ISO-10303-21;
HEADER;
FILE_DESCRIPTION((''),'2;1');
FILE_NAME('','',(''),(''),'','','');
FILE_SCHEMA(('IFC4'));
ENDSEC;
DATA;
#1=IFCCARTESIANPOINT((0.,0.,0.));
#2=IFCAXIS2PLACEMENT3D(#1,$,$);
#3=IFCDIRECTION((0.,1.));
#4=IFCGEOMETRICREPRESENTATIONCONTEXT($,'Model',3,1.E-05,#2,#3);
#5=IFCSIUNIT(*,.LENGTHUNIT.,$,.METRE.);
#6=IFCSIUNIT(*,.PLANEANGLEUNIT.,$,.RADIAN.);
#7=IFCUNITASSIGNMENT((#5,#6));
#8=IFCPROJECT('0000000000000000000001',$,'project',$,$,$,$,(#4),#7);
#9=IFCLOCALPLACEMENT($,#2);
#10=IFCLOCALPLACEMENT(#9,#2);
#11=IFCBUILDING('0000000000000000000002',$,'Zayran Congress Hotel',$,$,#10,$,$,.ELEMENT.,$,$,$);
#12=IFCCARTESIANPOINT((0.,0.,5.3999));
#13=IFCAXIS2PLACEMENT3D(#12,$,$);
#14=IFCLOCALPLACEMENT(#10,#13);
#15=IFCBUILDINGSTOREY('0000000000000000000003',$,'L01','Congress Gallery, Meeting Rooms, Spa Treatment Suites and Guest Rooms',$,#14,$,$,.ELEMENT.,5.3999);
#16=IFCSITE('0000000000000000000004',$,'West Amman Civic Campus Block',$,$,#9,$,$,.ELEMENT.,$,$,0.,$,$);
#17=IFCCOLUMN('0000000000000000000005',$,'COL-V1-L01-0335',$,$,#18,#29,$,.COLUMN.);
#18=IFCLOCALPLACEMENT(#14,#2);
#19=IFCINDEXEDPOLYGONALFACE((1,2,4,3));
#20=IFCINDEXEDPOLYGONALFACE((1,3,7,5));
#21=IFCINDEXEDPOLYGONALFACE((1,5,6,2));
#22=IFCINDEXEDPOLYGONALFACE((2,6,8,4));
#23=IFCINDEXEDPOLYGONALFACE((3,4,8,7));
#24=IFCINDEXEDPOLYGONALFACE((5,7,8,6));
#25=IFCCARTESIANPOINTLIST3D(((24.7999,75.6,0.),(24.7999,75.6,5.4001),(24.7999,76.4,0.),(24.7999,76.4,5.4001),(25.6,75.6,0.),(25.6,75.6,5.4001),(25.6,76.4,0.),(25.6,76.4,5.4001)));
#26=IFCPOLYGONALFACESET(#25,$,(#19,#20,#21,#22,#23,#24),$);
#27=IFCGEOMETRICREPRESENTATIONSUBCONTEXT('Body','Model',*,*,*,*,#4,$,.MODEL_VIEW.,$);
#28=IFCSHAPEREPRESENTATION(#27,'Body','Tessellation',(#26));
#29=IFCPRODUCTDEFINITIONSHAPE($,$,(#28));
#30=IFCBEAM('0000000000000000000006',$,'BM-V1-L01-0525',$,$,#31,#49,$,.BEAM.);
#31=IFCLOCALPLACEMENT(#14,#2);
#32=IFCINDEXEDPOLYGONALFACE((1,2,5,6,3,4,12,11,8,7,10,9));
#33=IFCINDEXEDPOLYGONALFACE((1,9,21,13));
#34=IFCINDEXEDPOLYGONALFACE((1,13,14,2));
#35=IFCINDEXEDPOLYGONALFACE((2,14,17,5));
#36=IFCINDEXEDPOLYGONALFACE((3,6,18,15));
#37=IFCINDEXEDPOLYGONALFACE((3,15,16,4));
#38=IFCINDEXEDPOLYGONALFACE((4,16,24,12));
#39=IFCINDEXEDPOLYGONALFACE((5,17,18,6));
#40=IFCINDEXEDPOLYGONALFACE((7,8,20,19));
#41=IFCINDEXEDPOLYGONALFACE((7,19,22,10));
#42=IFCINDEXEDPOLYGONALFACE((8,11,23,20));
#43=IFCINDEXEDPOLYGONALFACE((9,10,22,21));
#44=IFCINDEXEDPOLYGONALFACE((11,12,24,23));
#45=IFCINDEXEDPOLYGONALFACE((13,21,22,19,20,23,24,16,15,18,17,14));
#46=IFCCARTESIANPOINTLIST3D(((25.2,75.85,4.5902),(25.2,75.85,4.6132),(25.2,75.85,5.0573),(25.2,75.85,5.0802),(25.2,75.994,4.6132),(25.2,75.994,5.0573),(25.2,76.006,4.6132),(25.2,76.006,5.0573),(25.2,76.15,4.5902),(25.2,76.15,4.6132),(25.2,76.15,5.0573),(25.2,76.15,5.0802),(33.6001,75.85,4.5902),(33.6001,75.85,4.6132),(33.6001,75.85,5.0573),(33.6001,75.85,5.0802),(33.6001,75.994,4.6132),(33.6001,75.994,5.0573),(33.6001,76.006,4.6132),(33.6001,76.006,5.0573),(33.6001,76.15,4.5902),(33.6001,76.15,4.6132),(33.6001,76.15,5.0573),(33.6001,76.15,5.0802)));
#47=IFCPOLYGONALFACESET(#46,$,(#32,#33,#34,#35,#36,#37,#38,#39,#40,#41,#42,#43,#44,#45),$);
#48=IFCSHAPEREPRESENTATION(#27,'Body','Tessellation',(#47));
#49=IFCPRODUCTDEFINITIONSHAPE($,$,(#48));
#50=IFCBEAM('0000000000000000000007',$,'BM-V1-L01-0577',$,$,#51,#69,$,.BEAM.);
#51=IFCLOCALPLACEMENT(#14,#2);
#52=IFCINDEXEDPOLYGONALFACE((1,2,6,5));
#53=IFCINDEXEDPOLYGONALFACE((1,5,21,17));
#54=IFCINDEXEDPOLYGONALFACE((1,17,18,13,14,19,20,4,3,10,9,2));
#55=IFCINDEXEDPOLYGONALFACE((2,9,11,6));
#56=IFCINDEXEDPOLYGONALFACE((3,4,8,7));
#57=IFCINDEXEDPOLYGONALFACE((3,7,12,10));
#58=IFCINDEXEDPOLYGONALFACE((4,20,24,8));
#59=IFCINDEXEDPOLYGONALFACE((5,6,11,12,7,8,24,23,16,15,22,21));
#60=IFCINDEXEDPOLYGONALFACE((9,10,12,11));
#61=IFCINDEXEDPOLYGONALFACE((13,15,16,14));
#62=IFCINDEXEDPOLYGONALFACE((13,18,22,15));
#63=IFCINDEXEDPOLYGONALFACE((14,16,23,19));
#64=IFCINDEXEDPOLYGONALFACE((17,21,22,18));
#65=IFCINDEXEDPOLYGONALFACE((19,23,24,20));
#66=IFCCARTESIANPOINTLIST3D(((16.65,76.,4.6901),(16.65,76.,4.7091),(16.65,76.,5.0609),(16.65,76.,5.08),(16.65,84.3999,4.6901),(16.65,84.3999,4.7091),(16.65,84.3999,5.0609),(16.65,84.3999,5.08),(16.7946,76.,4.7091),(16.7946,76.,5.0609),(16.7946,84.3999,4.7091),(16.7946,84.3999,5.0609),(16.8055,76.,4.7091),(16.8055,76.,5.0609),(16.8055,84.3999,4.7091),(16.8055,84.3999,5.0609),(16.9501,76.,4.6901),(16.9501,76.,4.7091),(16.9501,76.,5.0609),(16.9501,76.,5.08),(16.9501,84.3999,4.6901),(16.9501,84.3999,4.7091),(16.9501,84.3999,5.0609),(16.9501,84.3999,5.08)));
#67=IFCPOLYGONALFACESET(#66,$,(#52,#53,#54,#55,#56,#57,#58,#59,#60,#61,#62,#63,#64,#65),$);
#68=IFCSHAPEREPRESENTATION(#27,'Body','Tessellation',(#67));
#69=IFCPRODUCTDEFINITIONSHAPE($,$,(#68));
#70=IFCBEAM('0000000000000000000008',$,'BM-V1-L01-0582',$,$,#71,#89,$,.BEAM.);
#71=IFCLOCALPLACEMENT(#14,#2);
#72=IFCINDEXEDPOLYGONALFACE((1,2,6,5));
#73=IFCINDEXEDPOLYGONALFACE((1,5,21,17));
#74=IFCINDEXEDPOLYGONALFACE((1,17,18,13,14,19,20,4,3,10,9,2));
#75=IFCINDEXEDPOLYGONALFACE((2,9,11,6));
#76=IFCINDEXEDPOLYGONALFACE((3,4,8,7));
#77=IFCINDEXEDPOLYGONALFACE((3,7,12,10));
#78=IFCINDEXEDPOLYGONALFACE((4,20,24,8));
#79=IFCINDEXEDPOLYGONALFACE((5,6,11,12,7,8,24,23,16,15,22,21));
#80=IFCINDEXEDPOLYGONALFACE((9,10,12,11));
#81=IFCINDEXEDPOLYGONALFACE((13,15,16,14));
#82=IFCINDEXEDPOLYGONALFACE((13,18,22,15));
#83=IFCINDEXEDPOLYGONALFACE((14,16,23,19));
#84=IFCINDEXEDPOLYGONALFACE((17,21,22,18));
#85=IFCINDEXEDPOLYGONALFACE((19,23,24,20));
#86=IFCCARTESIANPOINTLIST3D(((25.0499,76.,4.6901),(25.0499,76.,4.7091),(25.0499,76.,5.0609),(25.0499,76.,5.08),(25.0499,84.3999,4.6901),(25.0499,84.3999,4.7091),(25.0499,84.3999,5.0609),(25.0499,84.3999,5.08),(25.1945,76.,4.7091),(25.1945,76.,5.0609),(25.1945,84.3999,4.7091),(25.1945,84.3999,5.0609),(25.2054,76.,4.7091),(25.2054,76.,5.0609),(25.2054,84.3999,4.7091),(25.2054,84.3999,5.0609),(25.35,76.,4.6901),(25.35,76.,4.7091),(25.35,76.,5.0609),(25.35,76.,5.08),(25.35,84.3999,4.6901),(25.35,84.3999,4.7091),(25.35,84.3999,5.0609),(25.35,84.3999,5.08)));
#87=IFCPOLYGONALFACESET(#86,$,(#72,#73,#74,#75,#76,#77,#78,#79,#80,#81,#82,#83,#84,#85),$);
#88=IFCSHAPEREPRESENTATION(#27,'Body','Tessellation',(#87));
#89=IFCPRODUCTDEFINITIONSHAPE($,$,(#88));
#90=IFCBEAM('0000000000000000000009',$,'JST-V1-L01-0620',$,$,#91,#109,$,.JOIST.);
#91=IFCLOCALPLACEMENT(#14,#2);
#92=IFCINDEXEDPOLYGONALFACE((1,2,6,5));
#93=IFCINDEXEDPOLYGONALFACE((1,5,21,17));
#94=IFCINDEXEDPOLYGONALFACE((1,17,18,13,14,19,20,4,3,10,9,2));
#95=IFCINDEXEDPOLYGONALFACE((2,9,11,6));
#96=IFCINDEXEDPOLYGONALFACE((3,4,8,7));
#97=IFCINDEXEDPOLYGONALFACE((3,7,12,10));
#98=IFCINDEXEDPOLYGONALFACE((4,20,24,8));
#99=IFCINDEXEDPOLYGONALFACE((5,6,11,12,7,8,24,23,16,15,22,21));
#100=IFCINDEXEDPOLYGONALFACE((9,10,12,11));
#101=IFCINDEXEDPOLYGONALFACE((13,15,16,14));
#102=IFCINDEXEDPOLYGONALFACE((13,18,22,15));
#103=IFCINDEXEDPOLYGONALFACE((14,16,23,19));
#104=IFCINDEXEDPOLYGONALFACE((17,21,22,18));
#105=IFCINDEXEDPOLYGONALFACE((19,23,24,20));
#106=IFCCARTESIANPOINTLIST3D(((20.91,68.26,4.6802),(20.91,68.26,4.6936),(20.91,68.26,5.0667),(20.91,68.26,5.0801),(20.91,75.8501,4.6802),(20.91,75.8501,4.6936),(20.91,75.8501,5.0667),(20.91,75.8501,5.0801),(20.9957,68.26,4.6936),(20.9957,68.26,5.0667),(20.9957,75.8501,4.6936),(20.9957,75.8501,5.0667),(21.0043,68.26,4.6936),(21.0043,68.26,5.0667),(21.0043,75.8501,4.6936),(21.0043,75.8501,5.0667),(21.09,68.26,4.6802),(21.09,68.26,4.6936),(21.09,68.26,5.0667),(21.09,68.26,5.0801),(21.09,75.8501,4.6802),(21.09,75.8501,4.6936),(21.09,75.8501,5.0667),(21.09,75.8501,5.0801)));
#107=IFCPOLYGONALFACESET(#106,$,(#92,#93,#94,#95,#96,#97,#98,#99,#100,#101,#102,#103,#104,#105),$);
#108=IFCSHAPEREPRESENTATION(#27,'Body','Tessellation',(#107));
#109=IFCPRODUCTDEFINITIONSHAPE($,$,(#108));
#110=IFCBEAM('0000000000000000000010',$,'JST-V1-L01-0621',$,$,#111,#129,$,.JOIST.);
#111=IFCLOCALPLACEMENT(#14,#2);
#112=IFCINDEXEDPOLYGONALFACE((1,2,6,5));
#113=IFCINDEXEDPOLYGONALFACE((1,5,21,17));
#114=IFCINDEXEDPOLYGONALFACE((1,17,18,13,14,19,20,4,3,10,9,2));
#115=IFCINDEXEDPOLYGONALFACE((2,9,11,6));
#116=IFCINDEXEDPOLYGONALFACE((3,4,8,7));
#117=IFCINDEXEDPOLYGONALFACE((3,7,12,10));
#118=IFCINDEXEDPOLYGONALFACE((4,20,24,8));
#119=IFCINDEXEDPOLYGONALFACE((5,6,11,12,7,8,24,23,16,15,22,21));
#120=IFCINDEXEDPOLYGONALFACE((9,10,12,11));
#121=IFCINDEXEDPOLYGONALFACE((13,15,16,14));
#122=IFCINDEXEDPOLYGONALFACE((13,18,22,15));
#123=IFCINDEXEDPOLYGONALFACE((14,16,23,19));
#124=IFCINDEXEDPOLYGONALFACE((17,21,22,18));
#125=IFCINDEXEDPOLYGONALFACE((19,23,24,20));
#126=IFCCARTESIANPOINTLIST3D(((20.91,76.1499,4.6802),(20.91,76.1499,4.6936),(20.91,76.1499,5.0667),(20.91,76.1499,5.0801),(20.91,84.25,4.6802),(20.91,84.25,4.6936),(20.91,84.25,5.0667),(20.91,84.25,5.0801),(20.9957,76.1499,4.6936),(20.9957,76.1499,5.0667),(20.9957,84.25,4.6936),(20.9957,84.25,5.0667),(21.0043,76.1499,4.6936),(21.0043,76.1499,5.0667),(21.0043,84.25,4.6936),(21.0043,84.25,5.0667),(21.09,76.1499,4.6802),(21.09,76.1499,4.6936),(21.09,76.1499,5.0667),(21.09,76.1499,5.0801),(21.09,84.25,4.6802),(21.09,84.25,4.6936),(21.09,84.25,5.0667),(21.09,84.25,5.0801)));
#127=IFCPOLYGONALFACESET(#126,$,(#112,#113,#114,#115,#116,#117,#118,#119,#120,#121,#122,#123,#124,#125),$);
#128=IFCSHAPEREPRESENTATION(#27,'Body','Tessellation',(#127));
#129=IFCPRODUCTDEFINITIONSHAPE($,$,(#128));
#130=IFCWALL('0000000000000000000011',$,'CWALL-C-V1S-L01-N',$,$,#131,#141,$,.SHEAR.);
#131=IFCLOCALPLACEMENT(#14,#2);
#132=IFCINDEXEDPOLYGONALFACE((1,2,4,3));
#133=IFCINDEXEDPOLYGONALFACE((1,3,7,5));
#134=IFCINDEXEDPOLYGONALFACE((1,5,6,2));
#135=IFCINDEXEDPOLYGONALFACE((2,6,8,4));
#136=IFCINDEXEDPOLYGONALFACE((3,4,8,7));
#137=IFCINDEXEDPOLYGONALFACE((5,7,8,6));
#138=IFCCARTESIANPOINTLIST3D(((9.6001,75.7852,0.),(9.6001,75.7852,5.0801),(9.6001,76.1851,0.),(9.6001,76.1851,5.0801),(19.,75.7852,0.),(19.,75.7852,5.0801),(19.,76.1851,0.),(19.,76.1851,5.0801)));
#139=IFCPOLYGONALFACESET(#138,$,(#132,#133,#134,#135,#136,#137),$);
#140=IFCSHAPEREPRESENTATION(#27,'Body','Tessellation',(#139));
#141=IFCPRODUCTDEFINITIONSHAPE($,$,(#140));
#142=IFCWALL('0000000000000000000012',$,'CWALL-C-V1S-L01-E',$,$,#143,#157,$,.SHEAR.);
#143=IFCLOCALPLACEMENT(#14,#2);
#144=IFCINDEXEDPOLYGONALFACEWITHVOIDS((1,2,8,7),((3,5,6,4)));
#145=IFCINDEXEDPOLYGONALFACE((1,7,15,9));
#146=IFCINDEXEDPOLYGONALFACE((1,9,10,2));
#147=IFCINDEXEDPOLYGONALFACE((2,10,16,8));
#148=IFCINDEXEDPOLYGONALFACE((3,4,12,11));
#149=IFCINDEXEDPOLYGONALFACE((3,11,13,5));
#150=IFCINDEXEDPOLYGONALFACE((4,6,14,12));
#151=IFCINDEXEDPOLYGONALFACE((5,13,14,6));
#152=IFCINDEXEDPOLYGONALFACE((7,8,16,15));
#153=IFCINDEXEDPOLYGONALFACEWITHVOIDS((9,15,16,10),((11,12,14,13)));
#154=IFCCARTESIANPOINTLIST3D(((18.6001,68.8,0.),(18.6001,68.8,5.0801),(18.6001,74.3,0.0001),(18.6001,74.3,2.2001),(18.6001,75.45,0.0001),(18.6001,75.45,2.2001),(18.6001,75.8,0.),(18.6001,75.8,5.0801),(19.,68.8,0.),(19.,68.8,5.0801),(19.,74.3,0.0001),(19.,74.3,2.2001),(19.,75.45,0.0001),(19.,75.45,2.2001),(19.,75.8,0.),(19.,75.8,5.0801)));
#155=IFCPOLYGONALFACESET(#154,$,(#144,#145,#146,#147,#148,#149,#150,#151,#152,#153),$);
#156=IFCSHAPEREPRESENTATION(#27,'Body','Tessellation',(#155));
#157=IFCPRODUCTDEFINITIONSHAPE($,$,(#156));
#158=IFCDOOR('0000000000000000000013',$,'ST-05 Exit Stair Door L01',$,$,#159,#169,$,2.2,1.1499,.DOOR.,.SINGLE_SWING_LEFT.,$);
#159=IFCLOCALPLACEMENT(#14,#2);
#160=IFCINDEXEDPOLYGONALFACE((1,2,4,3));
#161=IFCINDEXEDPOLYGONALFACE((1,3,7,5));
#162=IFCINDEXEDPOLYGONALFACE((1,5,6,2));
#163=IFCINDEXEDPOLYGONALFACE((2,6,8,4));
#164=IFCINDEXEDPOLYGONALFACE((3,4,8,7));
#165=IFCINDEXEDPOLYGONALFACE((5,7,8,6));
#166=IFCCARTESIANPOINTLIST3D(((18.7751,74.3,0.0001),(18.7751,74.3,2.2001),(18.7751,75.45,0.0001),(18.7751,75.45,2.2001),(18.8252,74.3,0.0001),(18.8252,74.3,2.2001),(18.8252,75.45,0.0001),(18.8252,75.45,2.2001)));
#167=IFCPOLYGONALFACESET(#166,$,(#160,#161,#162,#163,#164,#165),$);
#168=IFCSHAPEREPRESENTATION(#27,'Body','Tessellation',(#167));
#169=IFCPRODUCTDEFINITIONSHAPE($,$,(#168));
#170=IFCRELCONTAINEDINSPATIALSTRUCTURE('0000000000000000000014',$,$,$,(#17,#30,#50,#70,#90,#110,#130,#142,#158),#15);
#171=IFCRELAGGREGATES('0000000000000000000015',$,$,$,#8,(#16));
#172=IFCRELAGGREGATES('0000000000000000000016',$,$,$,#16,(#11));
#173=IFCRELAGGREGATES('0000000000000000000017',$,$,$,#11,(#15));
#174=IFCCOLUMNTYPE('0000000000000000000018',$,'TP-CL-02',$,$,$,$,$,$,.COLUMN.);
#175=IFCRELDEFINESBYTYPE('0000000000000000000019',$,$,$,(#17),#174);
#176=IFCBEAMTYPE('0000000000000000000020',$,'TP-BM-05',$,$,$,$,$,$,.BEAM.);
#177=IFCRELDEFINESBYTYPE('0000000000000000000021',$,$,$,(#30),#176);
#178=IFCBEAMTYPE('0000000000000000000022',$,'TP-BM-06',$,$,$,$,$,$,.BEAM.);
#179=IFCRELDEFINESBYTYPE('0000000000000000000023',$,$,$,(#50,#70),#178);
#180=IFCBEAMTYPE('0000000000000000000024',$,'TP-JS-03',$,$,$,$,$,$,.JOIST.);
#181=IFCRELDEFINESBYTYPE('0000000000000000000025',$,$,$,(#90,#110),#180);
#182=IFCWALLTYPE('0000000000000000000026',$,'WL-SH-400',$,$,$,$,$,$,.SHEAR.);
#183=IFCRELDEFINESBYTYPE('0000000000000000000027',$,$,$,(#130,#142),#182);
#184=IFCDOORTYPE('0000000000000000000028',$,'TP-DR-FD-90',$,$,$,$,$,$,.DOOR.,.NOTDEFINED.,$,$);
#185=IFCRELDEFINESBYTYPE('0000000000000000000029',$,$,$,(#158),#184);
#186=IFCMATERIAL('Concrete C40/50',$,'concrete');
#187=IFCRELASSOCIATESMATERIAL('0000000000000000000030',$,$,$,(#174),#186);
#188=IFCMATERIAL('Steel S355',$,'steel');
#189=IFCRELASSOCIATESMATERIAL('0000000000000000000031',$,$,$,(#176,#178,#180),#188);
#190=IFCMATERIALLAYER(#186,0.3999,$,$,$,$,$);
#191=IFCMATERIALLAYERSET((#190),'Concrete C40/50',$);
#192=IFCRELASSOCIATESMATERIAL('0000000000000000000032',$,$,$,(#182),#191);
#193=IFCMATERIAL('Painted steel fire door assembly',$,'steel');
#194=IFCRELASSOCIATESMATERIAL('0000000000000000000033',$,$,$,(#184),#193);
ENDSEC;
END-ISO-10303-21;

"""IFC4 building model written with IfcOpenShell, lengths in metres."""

from ifc_helpers import new_model, si_unit, direction, frame, frame_2d, origin, origin_2d, place, context, subcontext, project, spatial, rectangle, i_section, extrude, material, layer, layer_set, material_profile, profile_set, type_object, element, fill, save


model = new_model("IFC4")

# Units and contexts
model_context = context("Model", 3, precision=1e-05, world=origin(), true_north=direction((0.0, 1.0)))
body_context = subcontext(model_context, "Body", "Model", "MODEL_VIEW")
ifc_project = project(units=[si_unit("LENGTHUNIT", "METRE"), si_unit("PLANEANGLEUNIT", "RADIAN")], contexts=[model_context])

# Site, building, storey
site_placement = place(None, origin())
site = spatial("IfcSite", under=ifc_project, at=site_placement, Name="West Amman Civic Campus Block", CompositionType="ELEMENT", RefElevation=0.0)
building_placement = place(site_placement, origin())
building = spatial("IfcBuilding", under=site, at=building_placement, Name="Zayran Congress Hotel", CompositionType="ELEMENT")
storey_placement = place(building_placement, frame((0.0, 0.0, 5.3999)))
storey = spatial("IfcBuildingStorey", under=building, at=storey_placement, Name="L01", Description="Congress Gallery, Meeting Rooms, Spa Treatment Suites and Guest Rooms", CompositionType="ELEMENT", Elevation=5.3999)

# Column
ifc_material_1 = material(Name="Concrete C40/50", Category="concrete")
ifc_material_profile_1 = material_profile(ifc_material_1, rectangle(XDim=0.8, YDim=0.8, at=origin_2d()), Name="RC 800x800")
ifc_profile_set_1 = profile_set([ifc_material_profile_1], Name="Concrete C40/50")
column_type = type_object("IfcColumnType", Name="TP-CL-02", PredefinedType="COLUMN", material=ifc_profile_set_1)
column_placement = place(storey_placement, frame((25.2, 76.0, 0.0), z_axis=(0.0, 0.0, 1.0), x_axis=(1.0, 0.0, 0.0)))
element("IfcColumn", 1, at=column_placement, inside=storey, type_object=column_type, Name="COL-V1-L01-0335", PredefinedType="COLUMN", context=body_context, shape_type="SweptSolid", body=[
    extrude(rectangle(XDim=0.8, YDim=0.8, at=origin_2d()), origin(), (0.0, 0.0, 1.0), 5.4001),
])

# Beams
ifc_material_2 = material(Name="Steel S355", Category="steel")
ifc_material_profile_2 = material_profile(ifc_material_2, i_section(OverallWidth=0.3, OverallDepth=0.49, WebThickness=0.012, FlangeThickness=0.0229, at=origin_2d()), Name="HEA 500")
ifc_profile_set_2 = profile_set([ifc_material_profile_2], Name="Steel S355")
beam_type_1 = type_object("IfcBeamType", Name="TP-BM-05", PredefinedType="BEAM", material=ifc_profile_set_2)
beam_1_placement = place(storey_placement, frame((25.2, 76.0, 4.8352), z_axis=(1.0, 0.0, 0.0), x_axis=(0.0, 1.0, 0.0)))
element("IfcBeam", 2, at=beam_1_placement, inside=storey, type_object=beam_type_1, Name="BM-V1-L01-0525", PredefinedType="BEAM", context=body_context, shape_type="SweptSolid", body=[
    extrude(i_section(OverallWidth=0.3, OverallDepth=0.49, WebThickness=0.012, FlangeThickness=0.0229, at=origin_2d()), origin(), (0.0, 0.0, 1.0), 8.4001),
])
ifc_material_profile_3 = material_profile(ifc_material_2, i_section(OverallWidth=0.3, OverallDepth=0.3899, WebThickness=0.011, FlangeThickness=0.019, at=origin_2d()), Name="HEA 400")
ifc_profile_set_3 = profile_set([ifc_material_profile_3], Name="Steel S355")
beam_type_2 = type_object("IfcBeamType", Name="TP-BM-06", PredefinedType="BEAM", material=ifc_profile_set_3)
for number, where, z_axis, x_axis, name in (
    (3, (16.8, 76.0, 4.885), (0.0, 1.0, 0.0), (-1.0, 0.0, 0.0), "BM-V1-L01-0577"),
    (4, (25.2, 76.0, 4.885), (0.0, 1.0, 0.0), (-1.0, 0.0, 0.0), "BM-V1-L01-0582"),
):
    element("IfcBeam", number, at=place(storey_placement, frame(where, z_axis=z_axis, x_axis=x_axis)), inside=storey, type_object=beam_type_2, Name=name, PredefinedType="BEAM", context=body_context, shape_type="SweptSolid", body=[
        extrude(i_section(OverallWidth=0.3, OverallDepth=0.3899, WebThickness=0.011, FlangeThickness=0.019, at=origin_2d()), origin(), (0.0, 0.0, 1.0), 8.3999),
    ])
ifc_material_profile_4 = material_profile(ifc_material_2, i_section(OverallWidth=0.1799, OverallDepth=0.3999, WebThickness=0.0085, FlangeThickness=0.0134, at=origin_2d()), Name="IPE 400")
ifc_profile_set_4 = profile_set([ifc_material_profile_4], Name="Steel S355")
beam_type_3 = type_object("IfcBeamType", Name="TP-JS-03", PredefinedType="JOIST", material=ifc_profile_set_4)
beam_2_placement = place(storey_placement, frame((21.0, 68.26, 4.8801), z_axis=(0.0, 1.0, 0.0), x_axis=(-1.0, 0.0, 0.0)))
element("IfcBeam", 5, at=beam_2_placement, inside=storey, type_object=beam_type_3, Name="JST-V1-L01-0620", PredefinedType="JOIST", context=body_context, shape_type="SweptSolid", body=[
    extrude(i_section(OverallWidth=0.1799, OverallDepth=0.3999, WebThickness=0.0085, FlangeThickness=0.0134, at=origin_2d()), origin(), (0.0, 0.0, 1.0), 7.5901),
])
beam_3_placement = place(storey_placement, frame((21.0, 76.1499, 4.8801), z_axis=(0.0, 1.0, 0.0), x_axis=(-1.0, 0.0, 0.0)))
element("IfcBeam", 6, at=beam_3_placement, inside=storey, type_object=beam_type_3, Name="JST-V1-L01-0621", PredefinedType="JOIST", context=body_context, shape_type="SweptSolid", body=[
    extrude(i_section(OverallWidth=0.1799, OverallDepth=0.3999, WebThickness=0.0085, FlangeThickness=0.0134, at=origin_2d()), origin(), (0.0, 0.0, 1.0), 8.1001),
])

# Wall
ifc_layer_1 = layer(ifc_material_1, 0.3999)
ifc_layer_set_1 = layer_set([ifc_layer_1], Name="Concrete C40/50")
wall_type_1 = type_object("IfcWallType", Name="WL-SH-400", PredefinedType="SHEAR", material=ifc_layer_set_1)
wall_1_placement = place(storey_placement, frame((19.0, 75.9851, 0.0), z_axis=(0.0, 0.0, 1.0), x_axis=(-1.0, 0.0, 0.0)))
element("IfcWall", 7, at=wall_1_placement, inside=storey, type_object=wall_type_1, Name="CWALL-C-V1S-L01-N", PredefinedType="SHEAR", context=body_context, shape_type="SweptSolid", body=[
    extrude(rectangle(XDim=9.3999, YDim=0.3999, at=frame_2d((4.7, 0.0))), origin(), (0.0, 0.0, 1.0), 5.0801),
])

# Wall, opening, door
wall_2_placement = place(storey_placement, frame((18.8, 68.8, 0.0), z_axis=(0.0, 0.0, 1.0), x_axis=(0.0, 1.0, 0.0)))
wall_2 = element("IfcWall", 8, at=wall_2_placement, inside=storey, type_object=wall_type_1, Name="CWALL-C-V1S-L01-E", PredefinedType="SHEAR", context=body_context, shape_type="SweptSolid", body=[
    extrude(rectangle(XDim=7.0, YDim=0.3999, at=frame_2d((3.5, 0.0))), origin(), (0.0, 0.0, 1.0), 5.0801),
])
opening_1_placement = place(wall_2_placement, frame((5.5, 0.0, 0.0)))
opening_1 = element("IfcOpeningElement", 9, at=opening_1_placement, cuts=wall_2, PredefinedType="OPENING", context=body_context, shape_type="SweptSolid", body=[
    extrude(rectangle(XDim=1.1499, YDim=2.2, at=frame_2d((0.575, 1.1001))), frame((0.0, 0.21, 0.0), z_axis=(0.0, -1.0, 0.0), x_axis=(1.0, 0.0, 0.0)), (0.0, 0.0, 1.0), 0.4199),
])
ifc_material_3 = material(Name="Painted steel fire door assembly", Category="steel")
door_type_1 = type_object("IfcDoorType", Name="TP-DR-FD-90", OperationType="NOTDEFINED", PredefinedType="DOOR", material=ifc_material_3)
door_1_placement = place(opening_1_placement, origin())
door_1 = element("IfcDoor", 10, at=door_1_placement, inside=storey, type_object=door_type_1, Name="ST-05 Exit Stair Door L01", OperationType="SINGLE_SWING_LEFT", OverallHeight=2.2, OverallWidth=1.1499, PredefinedType="DOOR", context=body_context, shape_type="SweptSolid", body=[
    extrude(rectangle(XDim=1.1499, YDim=2.2, at=frame_2d((0.575, 1.1001))), frame((0.0, 0.0249, 0.0), z_axis=(0.0, -1.0, 0.0), x_axis=(1.0, 0.0, 0.0)), (0.0, 0.0, 1.0), 0.05),
])
fill(opening_1, door_1)

save(model, "model.ifc")
